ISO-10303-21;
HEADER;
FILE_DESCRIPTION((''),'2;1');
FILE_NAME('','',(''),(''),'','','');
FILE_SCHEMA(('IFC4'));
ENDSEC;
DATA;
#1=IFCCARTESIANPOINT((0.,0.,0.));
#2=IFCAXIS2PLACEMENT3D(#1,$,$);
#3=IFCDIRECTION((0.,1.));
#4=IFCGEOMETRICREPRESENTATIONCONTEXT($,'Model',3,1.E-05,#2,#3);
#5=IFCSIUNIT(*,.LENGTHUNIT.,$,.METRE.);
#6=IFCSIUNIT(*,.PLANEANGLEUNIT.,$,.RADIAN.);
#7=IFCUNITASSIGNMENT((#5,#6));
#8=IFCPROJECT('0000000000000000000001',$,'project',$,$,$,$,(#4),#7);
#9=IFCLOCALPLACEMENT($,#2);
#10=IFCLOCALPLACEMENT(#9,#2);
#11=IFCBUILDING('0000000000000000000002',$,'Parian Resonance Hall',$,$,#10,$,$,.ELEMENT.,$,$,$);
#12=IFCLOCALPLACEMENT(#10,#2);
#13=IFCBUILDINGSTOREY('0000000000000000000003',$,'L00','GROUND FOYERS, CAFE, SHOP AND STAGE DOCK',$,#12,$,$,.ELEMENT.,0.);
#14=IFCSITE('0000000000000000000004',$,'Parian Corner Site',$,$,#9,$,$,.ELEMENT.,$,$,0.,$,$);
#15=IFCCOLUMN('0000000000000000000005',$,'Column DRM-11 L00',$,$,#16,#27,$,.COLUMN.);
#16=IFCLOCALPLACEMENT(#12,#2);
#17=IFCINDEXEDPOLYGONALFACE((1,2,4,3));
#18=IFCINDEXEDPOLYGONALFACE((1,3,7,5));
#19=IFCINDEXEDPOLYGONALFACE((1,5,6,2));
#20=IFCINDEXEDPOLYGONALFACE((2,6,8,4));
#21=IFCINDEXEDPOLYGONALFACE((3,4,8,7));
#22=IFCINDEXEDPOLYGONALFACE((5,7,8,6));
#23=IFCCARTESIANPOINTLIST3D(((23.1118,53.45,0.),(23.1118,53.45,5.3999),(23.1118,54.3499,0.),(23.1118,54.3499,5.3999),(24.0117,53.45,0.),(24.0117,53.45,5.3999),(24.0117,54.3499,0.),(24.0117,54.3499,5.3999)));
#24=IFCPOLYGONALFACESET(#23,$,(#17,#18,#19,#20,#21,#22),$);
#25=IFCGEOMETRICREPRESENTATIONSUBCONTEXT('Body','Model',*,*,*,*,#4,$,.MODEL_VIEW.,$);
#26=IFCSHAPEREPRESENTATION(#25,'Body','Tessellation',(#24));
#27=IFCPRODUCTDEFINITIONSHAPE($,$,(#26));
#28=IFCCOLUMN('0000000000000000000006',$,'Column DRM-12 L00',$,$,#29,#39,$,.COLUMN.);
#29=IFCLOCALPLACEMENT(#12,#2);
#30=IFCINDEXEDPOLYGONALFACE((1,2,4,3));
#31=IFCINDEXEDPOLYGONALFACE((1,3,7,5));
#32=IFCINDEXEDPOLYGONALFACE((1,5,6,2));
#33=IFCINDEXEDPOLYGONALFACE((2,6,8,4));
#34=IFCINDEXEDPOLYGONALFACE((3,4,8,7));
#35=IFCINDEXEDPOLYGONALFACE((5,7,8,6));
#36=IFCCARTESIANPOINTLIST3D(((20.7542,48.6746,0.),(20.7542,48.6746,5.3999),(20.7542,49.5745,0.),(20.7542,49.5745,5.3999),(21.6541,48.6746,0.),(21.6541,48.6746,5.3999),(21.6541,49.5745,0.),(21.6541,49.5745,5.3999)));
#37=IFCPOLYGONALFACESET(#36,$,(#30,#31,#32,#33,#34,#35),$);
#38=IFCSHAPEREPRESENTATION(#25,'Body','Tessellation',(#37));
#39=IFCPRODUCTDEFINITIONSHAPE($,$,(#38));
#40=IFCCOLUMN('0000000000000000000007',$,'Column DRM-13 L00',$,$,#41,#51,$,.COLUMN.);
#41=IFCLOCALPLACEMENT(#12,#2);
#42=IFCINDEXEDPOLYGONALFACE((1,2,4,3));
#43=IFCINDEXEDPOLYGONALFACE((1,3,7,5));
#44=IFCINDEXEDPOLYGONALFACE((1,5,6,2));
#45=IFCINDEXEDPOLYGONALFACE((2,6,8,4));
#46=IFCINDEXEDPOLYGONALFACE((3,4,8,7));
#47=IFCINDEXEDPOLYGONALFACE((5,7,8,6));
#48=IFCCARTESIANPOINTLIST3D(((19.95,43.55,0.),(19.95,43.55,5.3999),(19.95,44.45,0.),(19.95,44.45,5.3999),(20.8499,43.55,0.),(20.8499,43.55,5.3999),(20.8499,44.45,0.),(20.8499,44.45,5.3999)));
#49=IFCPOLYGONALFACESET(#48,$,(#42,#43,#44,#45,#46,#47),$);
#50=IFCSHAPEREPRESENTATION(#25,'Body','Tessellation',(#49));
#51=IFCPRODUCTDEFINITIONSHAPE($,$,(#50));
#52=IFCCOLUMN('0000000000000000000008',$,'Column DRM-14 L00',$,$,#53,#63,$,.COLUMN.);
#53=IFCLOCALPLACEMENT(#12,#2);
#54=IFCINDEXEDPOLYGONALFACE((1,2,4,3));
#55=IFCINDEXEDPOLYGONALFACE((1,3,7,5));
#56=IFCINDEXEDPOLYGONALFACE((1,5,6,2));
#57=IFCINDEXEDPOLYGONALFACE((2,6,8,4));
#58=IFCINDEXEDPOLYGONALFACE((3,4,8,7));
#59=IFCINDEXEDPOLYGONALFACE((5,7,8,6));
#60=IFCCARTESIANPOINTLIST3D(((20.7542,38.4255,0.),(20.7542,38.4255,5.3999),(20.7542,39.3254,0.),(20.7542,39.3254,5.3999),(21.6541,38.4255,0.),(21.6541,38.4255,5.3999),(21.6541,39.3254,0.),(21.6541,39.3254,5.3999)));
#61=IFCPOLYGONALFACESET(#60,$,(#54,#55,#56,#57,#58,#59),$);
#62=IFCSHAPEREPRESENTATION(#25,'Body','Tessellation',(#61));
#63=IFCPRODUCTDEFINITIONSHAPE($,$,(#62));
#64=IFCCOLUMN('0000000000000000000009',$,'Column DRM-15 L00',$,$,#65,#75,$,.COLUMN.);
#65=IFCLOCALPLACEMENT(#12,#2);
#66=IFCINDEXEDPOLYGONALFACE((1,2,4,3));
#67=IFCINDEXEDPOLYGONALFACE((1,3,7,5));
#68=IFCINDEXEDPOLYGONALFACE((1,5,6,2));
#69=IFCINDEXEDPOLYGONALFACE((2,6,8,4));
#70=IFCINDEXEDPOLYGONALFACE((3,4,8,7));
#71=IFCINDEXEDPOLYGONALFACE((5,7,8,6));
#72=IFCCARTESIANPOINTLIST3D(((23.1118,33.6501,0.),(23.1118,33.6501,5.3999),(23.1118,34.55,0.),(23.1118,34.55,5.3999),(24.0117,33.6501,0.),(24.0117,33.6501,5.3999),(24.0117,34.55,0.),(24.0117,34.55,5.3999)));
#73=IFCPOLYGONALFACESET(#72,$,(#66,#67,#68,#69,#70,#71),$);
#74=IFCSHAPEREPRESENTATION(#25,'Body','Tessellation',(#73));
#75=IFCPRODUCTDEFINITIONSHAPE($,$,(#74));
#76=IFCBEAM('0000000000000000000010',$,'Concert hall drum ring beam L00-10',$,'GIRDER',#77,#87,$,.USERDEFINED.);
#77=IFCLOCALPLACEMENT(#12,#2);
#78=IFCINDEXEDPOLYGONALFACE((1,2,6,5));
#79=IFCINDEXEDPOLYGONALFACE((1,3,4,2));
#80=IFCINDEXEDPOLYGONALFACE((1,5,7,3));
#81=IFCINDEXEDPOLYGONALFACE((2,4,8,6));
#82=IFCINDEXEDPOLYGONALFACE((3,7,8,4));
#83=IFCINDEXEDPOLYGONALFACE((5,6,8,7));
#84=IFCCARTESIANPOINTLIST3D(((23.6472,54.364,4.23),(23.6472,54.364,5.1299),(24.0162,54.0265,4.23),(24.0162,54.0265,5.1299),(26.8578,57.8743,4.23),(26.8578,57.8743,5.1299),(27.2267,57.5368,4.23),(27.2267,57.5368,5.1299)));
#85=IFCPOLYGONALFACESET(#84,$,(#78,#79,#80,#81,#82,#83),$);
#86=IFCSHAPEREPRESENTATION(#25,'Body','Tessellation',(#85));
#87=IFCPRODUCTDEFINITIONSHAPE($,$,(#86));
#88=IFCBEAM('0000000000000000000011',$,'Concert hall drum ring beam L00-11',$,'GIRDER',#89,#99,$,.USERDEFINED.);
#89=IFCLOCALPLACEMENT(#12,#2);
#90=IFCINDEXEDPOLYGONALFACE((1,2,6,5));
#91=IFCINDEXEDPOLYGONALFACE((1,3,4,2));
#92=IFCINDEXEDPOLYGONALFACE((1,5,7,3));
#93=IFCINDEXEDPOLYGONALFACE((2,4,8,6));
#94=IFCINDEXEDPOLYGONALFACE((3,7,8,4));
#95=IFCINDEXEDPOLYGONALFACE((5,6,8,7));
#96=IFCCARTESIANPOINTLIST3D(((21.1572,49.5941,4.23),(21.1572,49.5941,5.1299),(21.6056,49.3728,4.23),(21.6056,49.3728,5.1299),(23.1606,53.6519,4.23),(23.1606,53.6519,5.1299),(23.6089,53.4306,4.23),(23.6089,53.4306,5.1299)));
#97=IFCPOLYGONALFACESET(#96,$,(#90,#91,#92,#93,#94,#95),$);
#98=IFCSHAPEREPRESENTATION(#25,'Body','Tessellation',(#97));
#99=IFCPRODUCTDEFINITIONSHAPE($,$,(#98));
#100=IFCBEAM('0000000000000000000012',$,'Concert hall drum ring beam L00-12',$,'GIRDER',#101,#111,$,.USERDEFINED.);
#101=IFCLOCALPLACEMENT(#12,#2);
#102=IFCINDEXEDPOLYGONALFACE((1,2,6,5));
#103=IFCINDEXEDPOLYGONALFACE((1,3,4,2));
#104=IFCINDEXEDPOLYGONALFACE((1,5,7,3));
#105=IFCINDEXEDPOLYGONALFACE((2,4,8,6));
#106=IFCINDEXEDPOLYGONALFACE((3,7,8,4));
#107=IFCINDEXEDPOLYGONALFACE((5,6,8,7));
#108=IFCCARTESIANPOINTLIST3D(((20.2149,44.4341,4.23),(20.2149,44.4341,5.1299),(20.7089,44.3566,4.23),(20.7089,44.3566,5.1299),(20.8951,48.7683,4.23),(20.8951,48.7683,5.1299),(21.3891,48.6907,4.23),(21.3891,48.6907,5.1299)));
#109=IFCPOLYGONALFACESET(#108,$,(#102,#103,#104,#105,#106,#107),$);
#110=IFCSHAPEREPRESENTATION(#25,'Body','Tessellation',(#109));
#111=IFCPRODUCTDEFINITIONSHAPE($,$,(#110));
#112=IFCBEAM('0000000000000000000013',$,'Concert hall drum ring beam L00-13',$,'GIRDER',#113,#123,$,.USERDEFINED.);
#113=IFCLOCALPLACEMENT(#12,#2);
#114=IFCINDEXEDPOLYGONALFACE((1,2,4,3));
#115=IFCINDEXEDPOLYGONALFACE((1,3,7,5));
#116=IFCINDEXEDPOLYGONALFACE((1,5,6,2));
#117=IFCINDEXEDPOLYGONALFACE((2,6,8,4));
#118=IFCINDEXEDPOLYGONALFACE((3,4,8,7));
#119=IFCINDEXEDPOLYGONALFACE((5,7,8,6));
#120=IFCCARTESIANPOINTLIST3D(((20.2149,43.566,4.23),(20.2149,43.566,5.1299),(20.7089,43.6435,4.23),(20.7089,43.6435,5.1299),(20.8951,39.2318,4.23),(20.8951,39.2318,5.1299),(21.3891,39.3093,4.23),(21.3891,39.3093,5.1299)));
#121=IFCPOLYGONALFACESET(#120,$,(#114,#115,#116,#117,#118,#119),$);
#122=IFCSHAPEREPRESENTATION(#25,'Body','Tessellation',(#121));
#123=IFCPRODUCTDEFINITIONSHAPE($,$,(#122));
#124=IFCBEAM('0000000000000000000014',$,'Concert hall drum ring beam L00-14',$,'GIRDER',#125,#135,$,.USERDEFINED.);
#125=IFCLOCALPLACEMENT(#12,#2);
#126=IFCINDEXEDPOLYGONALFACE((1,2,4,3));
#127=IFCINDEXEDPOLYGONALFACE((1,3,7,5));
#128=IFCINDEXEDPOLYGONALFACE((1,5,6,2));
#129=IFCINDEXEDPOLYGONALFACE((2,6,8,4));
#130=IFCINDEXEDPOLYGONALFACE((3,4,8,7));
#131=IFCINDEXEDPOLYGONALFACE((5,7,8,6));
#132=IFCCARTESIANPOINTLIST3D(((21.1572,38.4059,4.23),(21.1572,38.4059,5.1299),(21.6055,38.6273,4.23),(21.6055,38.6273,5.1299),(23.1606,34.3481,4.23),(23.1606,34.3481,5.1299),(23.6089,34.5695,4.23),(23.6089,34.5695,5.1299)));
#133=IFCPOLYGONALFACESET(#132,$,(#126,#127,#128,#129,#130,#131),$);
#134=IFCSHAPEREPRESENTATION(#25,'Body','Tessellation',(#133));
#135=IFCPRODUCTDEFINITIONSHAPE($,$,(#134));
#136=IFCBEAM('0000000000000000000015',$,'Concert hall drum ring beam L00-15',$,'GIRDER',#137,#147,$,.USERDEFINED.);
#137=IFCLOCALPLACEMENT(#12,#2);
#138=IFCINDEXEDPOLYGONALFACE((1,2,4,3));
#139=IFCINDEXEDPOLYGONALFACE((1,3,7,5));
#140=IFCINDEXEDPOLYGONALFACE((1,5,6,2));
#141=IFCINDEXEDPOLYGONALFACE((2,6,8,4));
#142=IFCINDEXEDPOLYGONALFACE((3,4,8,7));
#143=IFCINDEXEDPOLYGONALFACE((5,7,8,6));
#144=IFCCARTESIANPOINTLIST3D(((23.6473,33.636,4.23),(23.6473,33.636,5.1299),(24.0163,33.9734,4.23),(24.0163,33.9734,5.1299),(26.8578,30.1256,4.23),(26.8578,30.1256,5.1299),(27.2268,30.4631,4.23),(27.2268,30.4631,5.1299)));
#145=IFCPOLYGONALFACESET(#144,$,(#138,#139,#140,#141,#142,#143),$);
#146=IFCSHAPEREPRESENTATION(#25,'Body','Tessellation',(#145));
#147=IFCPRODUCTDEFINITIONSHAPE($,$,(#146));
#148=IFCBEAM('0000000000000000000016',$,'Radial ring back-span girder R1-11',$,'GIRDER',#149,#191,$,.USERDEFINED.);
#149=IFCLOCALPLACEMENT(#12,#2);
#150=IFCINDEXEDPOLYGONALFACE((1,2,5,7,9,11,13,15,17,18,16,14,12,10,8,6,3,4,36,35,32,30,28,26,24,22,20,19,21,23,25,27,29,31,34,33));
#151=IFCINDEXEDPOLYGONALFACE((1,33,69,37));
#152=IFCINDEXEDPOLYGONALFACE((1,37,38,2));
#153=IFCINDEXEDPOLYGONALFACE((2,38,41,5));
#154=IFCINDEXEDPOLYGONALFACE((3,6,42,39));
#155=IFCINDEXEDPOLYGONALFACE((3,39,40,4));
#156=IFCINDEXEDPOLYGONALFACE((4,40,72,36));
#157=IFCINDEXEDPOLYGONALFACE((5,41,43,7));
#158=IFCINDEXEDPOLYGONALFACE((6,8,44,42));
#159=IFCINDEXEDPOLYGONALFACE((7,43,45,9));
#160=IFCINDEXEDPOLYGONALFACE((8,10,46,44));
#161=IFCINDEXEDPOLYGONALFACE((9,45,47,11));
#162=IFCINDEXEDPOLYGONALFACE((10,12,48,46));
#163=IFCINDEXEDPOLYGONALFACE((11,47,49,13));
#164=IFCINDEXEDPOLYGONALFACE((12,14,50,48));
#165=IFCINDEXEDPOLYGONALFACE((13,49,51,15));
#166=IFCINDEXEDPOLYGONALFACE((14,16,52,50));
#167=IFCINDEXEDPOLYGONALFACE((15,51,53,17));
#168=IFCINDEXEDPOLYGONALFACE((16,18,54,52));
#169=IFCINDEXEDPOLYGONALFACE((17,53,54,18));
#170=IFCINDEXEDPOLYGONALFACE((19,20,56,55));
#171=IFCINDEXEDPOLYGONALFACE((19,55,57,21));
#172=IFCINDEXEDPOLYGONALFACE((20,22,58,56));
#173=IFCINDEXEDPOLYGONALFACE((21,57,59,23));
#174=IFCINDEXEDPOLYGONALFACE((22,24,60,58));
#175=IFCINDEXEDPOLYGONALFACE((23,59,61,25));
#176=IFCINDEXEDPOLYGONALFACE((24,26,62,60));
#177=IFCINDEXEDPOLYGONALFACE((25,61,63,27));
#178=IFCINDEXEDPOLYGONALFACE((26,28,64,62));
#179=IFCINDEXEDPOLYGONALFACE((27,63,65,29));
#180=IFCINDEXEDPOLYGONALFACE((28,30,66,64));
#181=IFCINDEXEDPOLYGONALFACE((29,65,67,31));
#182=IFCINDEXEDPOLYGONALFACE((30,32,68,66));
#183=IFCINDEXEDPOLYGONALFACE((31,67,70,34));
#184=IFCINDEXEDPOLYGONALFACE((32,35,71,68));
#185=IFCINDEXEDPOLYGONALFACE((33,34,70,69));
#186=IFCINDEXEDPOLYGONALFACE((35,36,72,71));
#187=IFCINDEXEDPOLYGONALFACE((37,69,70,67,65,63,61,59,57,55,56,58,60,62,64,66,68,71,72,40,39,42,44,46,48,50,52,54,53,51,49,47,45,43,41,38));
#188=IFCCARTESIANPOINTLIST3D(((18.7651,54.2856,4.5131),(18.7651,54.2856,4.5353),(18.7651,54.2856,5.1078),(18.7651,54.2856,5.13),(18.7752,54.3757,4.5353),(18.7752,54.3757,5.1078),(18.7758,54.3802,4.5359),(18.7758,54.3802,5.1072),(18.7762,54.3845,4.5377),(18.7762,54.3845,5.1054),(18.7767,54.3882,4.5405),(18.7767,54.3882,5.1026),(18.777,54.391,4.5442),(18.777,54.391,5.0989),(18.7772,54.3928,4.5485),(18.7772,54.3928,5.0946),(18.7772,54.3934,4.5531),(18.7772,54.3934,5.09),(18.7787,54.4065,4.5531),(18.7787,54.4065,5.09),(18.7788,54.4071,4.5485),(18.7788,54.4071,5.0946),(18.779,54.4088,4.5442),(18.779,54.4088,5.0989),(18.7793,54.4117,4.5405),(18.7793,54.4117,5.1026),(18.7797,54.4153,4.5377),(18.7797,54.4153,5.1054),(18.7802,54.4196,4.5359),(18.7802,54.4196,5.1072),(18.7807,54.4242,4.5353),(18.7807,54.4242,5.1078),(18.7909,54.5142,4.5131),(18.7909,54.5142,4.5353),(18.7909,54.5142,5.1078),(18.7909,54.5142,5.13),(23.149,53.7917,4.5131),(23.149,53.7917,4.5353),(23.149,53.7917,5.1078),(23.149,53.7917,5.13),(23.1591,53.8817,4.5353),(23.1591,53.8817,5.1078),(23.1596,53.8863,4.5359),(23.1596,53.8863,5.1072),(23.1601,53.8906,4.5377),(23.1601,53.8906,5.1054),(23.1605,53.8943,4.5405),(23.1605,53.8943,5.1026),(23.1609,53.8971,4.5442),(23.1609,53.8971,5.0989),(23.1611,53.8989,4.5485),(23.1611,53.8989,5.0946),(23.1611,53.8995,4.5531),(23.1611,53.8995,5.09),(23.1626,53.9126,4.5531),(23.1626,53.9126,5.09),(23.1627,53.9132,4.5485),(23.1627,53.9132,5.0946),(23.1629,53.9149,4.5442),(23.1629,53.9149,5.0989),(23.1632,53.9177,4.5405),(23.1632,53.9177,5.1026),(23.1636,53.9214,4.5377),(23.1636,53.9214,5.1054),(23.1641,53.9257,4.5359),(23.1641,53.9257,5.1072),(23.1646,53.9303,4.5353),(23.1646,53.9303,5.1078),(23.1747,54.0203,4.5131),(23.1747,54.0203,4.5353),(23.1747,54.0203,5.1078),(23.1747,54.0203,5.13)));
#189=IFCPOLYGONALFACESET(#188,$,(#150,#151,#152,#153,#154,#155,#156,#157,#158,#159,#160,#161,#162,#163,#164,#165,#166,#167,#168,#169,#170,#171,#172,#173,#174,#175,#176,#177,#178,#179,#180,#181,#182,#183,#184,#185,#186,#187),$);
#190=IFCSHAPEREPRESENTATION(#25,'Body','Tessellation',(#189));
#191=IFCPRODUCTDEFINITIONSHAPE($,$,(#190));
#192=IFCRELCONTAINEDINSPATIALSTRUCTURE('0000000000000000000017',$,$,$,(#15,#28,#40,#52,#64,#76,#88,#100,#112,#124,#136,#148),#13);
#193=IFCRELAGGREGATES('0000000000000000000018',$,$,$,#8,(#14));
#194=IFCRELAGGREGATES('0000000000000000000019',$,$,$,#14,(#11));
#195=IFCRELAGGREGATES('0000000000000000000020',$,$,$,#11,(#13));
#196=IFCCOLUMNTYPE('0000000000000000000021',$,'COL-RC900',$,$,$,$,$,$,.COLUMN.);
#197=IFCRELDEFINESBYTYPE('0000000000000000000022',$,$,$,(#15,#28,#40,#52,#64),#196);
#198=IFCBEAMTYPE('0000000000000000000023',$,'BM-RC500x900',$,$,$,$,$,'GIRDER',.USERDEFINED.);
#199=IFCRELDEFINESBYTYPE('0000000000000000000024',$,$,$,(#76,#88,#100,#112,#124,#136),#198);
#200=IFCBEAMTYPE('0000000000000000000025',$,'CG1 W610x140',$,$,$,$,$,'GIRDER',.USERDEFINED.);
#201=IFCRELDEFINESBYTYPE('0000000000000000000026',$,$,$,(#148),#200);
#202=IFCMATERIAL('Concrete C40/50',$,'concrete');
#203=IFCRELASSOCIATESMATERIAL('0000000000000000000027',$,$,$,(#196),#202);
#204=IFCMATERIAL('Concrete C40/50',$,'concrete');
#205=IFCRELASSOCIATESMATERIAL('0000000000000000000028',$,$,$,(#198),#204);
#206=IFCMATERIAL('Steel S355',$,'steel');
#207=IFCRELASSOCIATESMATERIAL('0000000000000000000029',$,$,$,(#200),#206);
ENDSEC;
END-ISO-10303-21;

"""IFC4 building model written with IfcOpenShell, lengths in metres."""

from ifc_helpers import new_model, si_unit, direction, frame, origin, origin_2d, place, context, subcontext, project, spatial, rectangle, i_section, extrude, material, material_profile, profile_set, type_object, element, save


model = new_model("IFC4")

# Units and contexts
model_context = context("Model", 3, precision=1e-05, world=origin(), true_north=direction((0.0, 1.0)))
body_context = subcontext(model_context, "Body", "Model", "MODEL_VIEW")
ifc_project = project(units=[si_unit("LENGTHUNIT", "METRE"), si_unit("PLANEANGLEUNIT", "RADIAN")], contexts=[model_context])

# Site, building, storey
site_placement = place(None, origin())
site = spatial("IfcSite", under=ifc_project, at=site_placement, Name="Parian Corner Site", CompositionType="ELEMENT", RefElevation=0.0)
building_placement = place(site_placement, origin())
building = spatial("IfcBuilding", under=site, at=building_placement, Name="Parian Resonance Hall", CompositionType="ELEMENT")
storey_placement = place(building_placement, origin())
storey = spatial("IfcBuildingStorey", under=building, at=storey_placement, Name="L00", Description="GROUND FOYERS, CAFE, SHOP AND STAGE DOCK", CompositionType="ELEMENT", Elevation=0.0)

# Columns
ifc_material_1 = material(Name="Concrete C40/50", Category="concrete")
ifc_material_profile_1 = material_profile(ifc_material_1, rectangle(XDim=0.8999, YDim=0.8999, at=origin_2d()), Name="RC-COL-900x900")
ifc_profile_set_1 = profile_set([ifc_material_profile_1], Name="Concrete C40/50")
column_type = type_object("IfcColumnType", Name="COL-RC900", PredefinedType="COLUMN", material=ifc_profile_set_1)
for number, where, z_axis, x_axis, name in (
    (1, (23.5618, 53.8999, 0.0), (0.0, 0.0, 1.0), (1.0, 0.0, 0.0), "Column DRM-11 L00"),
    (2, (21.2041, 49.1245, 0.0), (0.0, 0.0, 1.0), (1.0, 0.0, 0.0), "Column DRM-12 L00"),
    (3, (20.3999, 44.0, 0.0), (0.0, 0.0, 1.0), (1.0, 0.0, 0.0), "Column DRM-13 L00"),
    (4, (21.2041, 38.8755, 0.0), (0.0, 0.0, 1.0), (1.0, 0.0, 0.0), "Column DRM-14 L00"),
    (5, (23.5618, 34.1001, 0.0), (0.0, 0.0, 1.0), (1.0, 0.0, 0.0), "Column DRM-15 L00"),
):
    element("IfcColumn", number, at=place(storey_placement, frame(where, z_axis=z_axis, x_axis=x_axis)), inside=storey, type_object=column_type, Name=name, PredefinedType="COLUMN", context=body_context, shape_type="SweptSolid", body=[
        extrude(rectangle(XDim=0.8999, YDim=0.8999, at=origin_2d()), origin(), (0.0, 0.0, 1.0), 5.3999),
    ])

# Beams
ifc_material_2 = material(Name="Concrete C40/50", Category="concrete")
ifc_material_profile_2 = material_profile(ifc_material_2, rectangle(XDim=0.5, YDim=0.8999, at=origin_2d()), Name="RC-BM-500x900")
ifc_profile_set_2 = profile_set([ifc_material_profile_2], Name="Concrete C40/50")
beam_type_1 = type_object("IfcBeamType", Name="BM-RC500x900", ElementType="GIRDER", PredefinedType="USERDEFINED", material=ifc_profile_set_2)
beam_1_placement = place(storey_placement, frame((27.0422, 57.7056, 4.6799), z_axis=(-0.674892, -0.737916, 0.0), x_axis=(0.737916, -0.674892, 0.0)))
element("IfcBeam", 6, at=beam_1_placement, inside=storey, type_object=beam_type_1, Name="Concert hall drum ring beam L00-10", ObjectType="GIRDER", PredefinedType="USERDEFINED", context=body_context, shape_type="SweptSolid", body=[
    extrude(rectangle(XDim=0.5, YDim=0.8999, at=origin_2d()), origin(), (0.0, 0.0, 1.0), 4.7571),
])
beam_2_placement = place(storey_placement, frame((23.3848, 53.5413, 4.6799), z_axis=(-0.442698, -0.896671, 0.0), x_axis=(0.896671, -0.442698, 0.0)))
element("IfcBeam", 7, at=beam_2_placement, inside=storey, type_object=beam_type_1, Name="Concert hall drum ring beam L00-11", ObjectType="GIRDER", PredefinedType="USERDEFINED", context=body_context, shape_type="SweptSolid", body=[
    extrude(rectangle(XDim=0.5, YDim=0.8999, at=origin_2d()), origin(), (0.0, 0.0, 1.0), 4.5254),
])
for number, where, z_axis, x_axis, name in (
    (8, (21.1421, 48.7295, 4.6799), (-0.155034, -0.987909, 0.0), (0.987909, -0.155034, 0.0), "Concert hall drum ring beam L00-12"),
    (9, (20.4619, 43.6047, 4.6799), (0.155034, -0.987909, 0.0), (0.987909, 0.155034, 0.0), "Concert hall drum ring beam L00-13"),
):
    element("IfcBeam", number, at=place(storey_placement, frame(where, z_axis=z_axis, x_axis=x_axis)), inside=storey, type_object=beam_type_1, Name=name, ObjectType="GIRDER", PredefinedType="USERDEFINED", context=body_context, shape_type="SweptSolid", body=[
        extrude(rectangle(XDim=0.5, YDim=0.8999, at=origin_2d()), origin(), (0.0, 0.0, 1.0), 4.3872),
    ])
beam_3_placement = place(storey_placement, frame((21.3813, 38.5166, 4.6799), z_axis=(0.442698, -0.896671, 0.0), x_axis=(0.896671, 0.442698, 0.0)))
element("IfcBeam", 10, at=beam_3_placement, inside=storey, type_object=beam_type_1, Name="Concert hall drum ring beam L00-14", ObjectType="GIRDER", PredefinedType="USERDEFINED", context=body_context, shape_type="SweptSolid", body=[
    extrude(rectangle(XDim=0.5, YDim=0.8999, at=origin_2d()), origin(), (0.0, 0.0, 1.0), 4.5254),
])
beam_4_placement = place(storey_placement, frame((23.8318, 33.8047, 4.6799), z_axis=(0.674892, -0.737916, 0.0), x_axis=(0.737916, 0.674892, 0.0)))
element("IfcBeam", 11, at=beam_4_placement, inside=storey, type_object=beam_type_1, Name="Concert hall drum ring beam L00-15", ObjectType="GIRDER", PredefinedType="USERDEFINED", context=body_context, shape_type="SweptSolid", body=[
    extrude(rectangle(XDim=0.5, YDim=0.8999, at=origin_2d()), origin(), (0.0, 0.0, 1.0), 4.7571),
])
ifc_material_3 = material(Name="Steel S355", Category="steel")
ifc_material_profile_3 = material_profile(ifc_material_3, i_section(OverallWidth=0.23, OverallDepth=0.6169, WebThickness=0.0132, FlangeThickness=0.0222, FilletRadius=0.0178, at=origin_2d()), Name="W610x140")
ifc_profile_set_3 = profile_set([ifc_material_profile_3], Name="Steel S355")
beam_type_2 = type_object("IfcBeamType", Name="CG1 W610x140", ElementType="GIRDER", PredefinedType="USERDEFINED", material=ifc_profile_set_3)
beam_5_placement = place(storey_placement, frame((23.1619, 53.906, 4.8215), z_axis=(-0.993713, 0.111956, 0.0), x_axis=(-0.111956, -0.993713, 0.0)))
element("IfcBeam", 12, at=beam_5_placement, inside=storey, type_object=beam_type_2, Name="Radial ring back-span girder R1-11", ObjectType="GIRDER", PredefinedType="USERDEFINED", context=body_context, shape_type="SweptSolid", body=[
    extrude(i_section(OverallWidth=0.23, OverallDepth=0.6169, WebThickness=0.0132, FlangeThickness=0.0222, FilletRadius=0.0178, at=origin_2d()), origin(), (0.0, 0.0, 1.0), 4.4116),
])

save(model, "model.ifc")
